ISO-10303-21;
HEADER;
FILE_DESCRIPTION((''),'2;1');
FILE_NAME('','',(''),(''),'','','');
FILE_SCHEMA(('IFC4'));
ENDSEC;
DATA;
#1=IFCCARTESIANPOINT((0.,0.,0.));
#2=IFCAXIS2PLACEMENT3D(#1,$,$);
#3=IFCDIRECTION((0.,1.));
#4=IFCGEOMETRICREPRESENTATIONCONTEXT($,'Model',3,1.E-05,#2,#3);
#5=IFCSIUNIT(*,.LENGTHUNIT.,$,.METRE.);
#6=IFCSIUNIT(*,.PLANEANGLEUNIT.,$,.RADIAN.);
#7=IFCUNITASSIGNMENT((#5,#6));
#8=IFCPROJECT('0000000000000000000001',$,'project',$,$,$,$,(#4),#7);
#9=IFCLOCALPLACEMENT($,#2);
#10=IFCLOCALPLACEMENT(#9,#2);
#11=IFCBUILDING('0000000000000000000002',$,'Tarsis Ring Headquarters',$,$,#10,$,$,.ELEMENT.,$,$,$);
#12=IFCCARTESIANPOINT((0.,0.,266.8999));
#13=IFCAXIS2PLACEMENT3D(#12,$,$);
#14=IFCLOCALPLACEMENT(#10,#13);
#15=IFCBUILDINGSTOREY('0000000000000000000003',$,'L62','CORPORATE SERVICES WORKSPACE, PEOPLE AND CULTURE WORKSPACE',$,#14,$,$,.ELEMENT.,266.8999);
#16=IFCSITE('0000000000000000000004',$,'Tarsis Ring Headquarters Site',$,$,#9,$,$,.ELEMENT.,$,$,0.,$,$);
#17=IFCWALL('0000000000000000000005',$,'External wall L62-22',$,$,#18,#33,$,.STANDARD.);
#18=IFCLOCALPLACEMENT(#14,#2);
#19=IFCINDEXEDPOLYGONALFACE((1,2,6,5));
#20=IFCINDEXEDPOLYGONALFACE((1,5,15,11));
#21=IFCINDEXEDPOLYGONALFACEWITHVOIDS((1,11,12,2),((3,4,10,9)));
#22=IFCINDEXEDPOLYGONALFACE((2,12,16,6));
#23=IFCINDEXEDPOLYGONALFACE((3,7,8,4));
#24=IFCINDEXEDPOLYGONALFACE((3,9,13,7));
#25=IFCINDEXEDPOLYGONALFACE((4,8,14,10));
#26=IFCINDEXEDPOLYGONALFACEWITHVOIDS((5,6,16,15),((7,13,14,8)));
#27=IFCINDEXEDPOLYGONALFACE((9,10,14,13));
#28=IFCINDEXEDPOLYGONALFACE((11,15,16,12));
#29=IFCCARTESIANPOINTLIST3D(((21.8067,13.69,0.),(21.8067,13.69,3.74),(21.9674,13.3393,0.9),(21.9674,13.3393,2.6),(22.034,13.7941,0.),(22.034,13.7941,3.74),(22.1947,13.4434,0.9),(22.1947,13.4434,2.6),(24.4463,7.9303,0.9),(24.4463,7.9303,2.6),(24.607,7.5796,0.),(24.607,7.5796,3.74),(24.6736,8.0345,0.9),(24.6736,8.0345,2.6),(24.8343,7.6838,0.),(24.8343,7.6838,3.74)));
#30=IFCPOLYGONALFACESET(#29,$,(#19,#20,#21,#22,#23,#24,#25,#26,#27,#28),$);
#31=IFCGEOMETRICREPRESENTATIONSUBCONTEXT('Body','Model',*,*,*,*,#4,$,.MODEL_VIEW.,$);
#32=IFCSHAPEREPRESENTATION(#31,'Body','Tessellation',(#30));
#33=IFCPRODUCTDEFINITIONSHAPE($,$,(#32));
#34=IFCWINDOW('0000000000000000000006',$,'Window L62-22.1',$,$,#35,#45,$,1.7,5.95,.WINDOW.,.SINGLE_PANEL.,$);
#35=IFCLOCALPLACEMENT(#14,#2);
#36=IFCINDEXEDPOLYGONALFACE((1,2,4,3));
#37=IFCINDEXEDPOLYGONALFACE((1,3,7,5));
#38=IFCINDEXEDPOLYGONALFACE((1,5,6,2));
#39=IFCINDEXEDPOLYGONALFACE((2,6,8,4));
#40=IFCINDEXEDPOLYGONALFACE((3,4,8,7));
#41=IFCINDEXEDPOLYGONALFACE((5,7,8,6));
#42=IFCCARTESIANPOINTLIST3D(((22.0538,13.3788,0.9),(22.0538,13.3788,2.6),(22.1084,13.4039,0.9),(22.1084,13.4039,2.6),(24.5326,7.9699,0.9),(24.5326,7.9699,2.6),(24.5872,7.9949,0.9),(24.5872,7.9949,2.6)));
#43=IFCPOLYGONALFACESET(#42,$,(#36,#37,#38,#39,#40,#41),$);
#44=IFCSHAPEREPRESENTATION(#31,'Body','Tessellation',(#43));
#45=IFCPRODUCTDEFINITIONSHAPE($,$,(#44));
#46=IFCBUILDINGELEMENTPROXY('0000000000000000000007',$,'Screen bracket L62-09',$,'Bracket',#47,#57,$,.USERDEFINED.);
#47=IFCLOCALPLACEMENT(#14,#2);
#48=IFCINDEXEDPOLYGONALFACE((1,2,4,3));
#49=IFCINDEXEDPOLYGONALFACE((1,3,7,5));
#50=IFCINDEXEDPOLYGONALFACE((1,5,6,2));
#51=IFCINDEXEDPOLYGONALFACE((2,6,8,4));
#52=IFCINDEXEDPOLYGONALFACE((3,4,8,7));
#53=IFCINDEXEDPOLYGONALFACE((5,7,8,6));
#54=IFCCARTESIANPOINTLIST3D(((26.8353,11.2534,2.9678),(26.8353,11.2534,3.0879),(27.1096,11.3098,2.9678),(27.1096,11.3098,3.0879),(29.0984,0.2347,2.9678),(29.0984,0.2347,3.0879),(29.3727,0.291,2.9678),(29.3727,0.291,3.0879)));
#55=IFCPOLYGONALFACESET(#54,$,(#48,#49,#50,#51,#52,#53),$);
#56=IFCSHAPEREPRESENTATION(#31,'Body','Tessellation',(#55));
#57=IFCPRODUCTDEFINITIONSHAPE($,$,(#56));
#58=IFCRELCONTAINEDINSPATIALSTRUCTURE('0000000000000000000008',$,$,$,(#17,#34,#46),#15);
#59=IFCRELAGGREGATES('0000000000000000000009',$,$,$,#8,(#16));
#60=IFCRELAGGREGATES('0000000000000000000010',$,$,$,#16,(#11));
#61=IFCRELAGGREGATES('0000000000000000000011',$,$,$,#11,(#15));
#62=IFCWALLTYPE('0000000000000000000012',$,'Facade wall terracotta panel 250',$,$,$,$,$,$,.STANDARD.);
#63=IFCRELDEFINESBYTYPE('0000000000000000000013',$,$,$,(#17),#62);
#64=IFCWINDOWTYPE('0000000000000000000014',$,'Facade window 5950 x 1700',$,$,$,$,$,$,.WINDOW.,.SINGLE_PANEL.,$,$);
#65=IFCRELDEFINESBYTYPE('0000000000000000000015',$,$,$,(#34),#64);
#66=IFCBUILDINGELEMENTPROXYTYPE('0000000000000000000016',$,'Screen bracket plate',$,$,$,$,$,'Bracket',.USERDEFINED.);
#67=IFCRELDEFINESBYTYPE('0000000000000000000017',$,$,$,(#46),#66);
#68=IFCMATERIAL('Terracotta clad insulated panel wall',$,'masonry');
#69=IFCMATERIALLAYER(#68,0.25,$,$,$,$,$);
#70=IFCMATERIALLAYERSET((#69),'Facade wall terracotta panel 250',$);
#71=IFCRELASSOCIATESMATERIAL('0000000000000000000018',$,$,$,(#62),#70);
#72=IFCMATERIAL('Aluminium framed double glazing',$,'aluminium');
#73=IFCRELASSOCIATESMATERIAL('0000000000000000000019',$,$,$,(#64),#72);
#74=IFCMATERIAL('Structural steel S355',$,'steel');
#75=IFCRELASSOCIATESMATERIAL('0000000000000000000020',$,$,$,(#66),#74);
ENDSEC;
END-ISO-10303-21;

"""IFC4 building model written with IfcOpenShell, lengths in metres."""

from ifc_helpers import new_model, si_unit, direction, frame, frame_2d, origin, origin_2d, place, context, subcontext, project, spatial, rectangle, extrude, material, layer, layer_set, type_object, element, fill, save


model = new_model("IFC4")

# Units and contexts
model_context = context("Model", 3, precision=1e-05, world=origin(), true_north=direction((0.0, 1.0)))
body_context = subcontext(model_context, "Body", "Model", "MODEL_VIEW")
ifc_project = project(units=[si_unit("LENGTHUNIT", "METRE"), si_unit("PLANEANGLEUNIT", "RADIAN")], contexts=[model_context])

# Site, building, storey
site_placement = place(None, origin())
site = spatial("IfcSite", under=ifc_project, at=site_placement, Name="Tarsis Ring Headquarters Site", CompositionType="ELEMENT", RefElevation=0.0)
building_placement = place(site_placement, origin())
building = spatial("IfcBuilding", under=site, at=building_placement, Name="Tarsis Ring Headquarters", CompositionType="ELEMENT")
storey_placement = place(building_placement, frame((0.0, 0.0, 266.8999)))
storey = spatial("IfcBuildingStorey", under=building, at=storey_placement, Name="L62", Description="CORPORATE SERVICES WORKSPACE, PEOPLE AND CULTURE WORKSPACE", CompositionType="ELEMENT", Elevation=266.8999)

# Shared definitions
ifc_material_1 = material(Name="Structural steel S355", Category="steel")

# Wall, opening, window
ifc_material_2 = material(Name="Terracotta clad insulated panel wall", Category="masonry")
ifc_layer_1 = layer(ifc_material_2, 0.25)
ifc_layer_set_1 = layer_set([ifc_layer_1], Name="Facade wall terracotta panel 250")
wall_type_1 = type_object("IfcWallType", Name="Facade wall terracotta panel 250", PredefinedType="STANDARD", material=ifc_layer_set_1)
ifc_material_3 = material(Name="Aluminium framed double glazing", Category="aluminium")
window_type = type_object("IfcWindowType", Name="Facade window 5950 x 1700", PartitioningType="SINGLE_PANEL", PredefinedType="WINDOW", material=ifc_material_3)
wall_1_placement = place(storey_placement, frame((24.7207, 7.6316, 0.0), z_axis=(0.0, 0.0, 1.0), x_axis=(-0.41662, 0.909081, 0.0)))
wall_1 = element("IfcWall", 1, at=wall_1_placement, inside=storey, type_object=wall_type_1, Name="External wall L62-22", PredefinedType="STANDARD", context=body_context, shape_type="SweptSolid", body=[
    extrude(rectangle(XDim=6.7214, YDim=0.25, at=frame_2d((3.3608, 0.0))), origin(), (0.0, 0.0, 1.0), 3.74),
])
opening_1_placement = place(wall_1_placement, frame((0.3857, 0.0, 0.8999)))
opening_1 = element("IfcOpeningElement", 2, at=opening_1_placement, cuts=wall_1, PredefinedType="OPENING", context=body_context, shape_type="SweptSolid", body=[
    extrude(rectangle(XDim=5.95, YDim=1.7, at=frame_2d((2.9751, 0.8501))), frame((0.0, 0.135, 0.0), z_axis=(0.0, -1.0, 0.0), x_axis=(1.0, 0.0, 0.0)), (0.0, 0.0, 1.0), 0.27),
])
window_1_placement = place(opening_1_placement, origin())
window_1 = element("IfcWindow", 3, at=window_1_placement, inside=storey, type_object=window_type, Name="Window L62-22.1", OverallHeight=1.7, OverallWidth=5.95, PartitioningType="SINGLE_PANEL", PredefinedType="WINDOW", context=body_context, shape_type="SweptSolid", body=[
    extrude(rectangle(XDim=5.95, YDim=1.7, at=frame_2d((2.9751, 0.8501))), frame((0.0, 0.03, 0.0), z_axis=(0.0, -1.0, 0.0), x_axis=(1.0, 0.0, 0.0)), (0.0, 0.0, 1.0), 0.0601),
])
fill(opening_1, window_1)

# Building element proxy
building_element_proxy_type = type_object("IfcBuildingElementProxyType", Name="Screen bracket plate", ElementType="Bracket", PredefinedType="USERDEFINED", material=ifc_material_1)
proxy_placement = place(storey_placement, frame((28.104, 5.7722, 2.9678), z_axis=(0.0, 0.0, 1.0), x_axis=(-0.201185, 0.979553, 0.0)))
element("IfcBuildingElementProxy", 4, at=proxy_placement, inside=storey, type_object=building_element_proxy_type, Name="Screen bracket L62-09", ObjectType="Bracket", PredefinedType="USERDEFINED", context=body_context, shape_type="SweptSolid", body=[
    extrude(rectangle(XDim=11.2488, YDim=0.28, at=origin_2d()), origin(), (0.0, 0.0, 1.0), 0.1201),
])

save(model, "model.ifc")
